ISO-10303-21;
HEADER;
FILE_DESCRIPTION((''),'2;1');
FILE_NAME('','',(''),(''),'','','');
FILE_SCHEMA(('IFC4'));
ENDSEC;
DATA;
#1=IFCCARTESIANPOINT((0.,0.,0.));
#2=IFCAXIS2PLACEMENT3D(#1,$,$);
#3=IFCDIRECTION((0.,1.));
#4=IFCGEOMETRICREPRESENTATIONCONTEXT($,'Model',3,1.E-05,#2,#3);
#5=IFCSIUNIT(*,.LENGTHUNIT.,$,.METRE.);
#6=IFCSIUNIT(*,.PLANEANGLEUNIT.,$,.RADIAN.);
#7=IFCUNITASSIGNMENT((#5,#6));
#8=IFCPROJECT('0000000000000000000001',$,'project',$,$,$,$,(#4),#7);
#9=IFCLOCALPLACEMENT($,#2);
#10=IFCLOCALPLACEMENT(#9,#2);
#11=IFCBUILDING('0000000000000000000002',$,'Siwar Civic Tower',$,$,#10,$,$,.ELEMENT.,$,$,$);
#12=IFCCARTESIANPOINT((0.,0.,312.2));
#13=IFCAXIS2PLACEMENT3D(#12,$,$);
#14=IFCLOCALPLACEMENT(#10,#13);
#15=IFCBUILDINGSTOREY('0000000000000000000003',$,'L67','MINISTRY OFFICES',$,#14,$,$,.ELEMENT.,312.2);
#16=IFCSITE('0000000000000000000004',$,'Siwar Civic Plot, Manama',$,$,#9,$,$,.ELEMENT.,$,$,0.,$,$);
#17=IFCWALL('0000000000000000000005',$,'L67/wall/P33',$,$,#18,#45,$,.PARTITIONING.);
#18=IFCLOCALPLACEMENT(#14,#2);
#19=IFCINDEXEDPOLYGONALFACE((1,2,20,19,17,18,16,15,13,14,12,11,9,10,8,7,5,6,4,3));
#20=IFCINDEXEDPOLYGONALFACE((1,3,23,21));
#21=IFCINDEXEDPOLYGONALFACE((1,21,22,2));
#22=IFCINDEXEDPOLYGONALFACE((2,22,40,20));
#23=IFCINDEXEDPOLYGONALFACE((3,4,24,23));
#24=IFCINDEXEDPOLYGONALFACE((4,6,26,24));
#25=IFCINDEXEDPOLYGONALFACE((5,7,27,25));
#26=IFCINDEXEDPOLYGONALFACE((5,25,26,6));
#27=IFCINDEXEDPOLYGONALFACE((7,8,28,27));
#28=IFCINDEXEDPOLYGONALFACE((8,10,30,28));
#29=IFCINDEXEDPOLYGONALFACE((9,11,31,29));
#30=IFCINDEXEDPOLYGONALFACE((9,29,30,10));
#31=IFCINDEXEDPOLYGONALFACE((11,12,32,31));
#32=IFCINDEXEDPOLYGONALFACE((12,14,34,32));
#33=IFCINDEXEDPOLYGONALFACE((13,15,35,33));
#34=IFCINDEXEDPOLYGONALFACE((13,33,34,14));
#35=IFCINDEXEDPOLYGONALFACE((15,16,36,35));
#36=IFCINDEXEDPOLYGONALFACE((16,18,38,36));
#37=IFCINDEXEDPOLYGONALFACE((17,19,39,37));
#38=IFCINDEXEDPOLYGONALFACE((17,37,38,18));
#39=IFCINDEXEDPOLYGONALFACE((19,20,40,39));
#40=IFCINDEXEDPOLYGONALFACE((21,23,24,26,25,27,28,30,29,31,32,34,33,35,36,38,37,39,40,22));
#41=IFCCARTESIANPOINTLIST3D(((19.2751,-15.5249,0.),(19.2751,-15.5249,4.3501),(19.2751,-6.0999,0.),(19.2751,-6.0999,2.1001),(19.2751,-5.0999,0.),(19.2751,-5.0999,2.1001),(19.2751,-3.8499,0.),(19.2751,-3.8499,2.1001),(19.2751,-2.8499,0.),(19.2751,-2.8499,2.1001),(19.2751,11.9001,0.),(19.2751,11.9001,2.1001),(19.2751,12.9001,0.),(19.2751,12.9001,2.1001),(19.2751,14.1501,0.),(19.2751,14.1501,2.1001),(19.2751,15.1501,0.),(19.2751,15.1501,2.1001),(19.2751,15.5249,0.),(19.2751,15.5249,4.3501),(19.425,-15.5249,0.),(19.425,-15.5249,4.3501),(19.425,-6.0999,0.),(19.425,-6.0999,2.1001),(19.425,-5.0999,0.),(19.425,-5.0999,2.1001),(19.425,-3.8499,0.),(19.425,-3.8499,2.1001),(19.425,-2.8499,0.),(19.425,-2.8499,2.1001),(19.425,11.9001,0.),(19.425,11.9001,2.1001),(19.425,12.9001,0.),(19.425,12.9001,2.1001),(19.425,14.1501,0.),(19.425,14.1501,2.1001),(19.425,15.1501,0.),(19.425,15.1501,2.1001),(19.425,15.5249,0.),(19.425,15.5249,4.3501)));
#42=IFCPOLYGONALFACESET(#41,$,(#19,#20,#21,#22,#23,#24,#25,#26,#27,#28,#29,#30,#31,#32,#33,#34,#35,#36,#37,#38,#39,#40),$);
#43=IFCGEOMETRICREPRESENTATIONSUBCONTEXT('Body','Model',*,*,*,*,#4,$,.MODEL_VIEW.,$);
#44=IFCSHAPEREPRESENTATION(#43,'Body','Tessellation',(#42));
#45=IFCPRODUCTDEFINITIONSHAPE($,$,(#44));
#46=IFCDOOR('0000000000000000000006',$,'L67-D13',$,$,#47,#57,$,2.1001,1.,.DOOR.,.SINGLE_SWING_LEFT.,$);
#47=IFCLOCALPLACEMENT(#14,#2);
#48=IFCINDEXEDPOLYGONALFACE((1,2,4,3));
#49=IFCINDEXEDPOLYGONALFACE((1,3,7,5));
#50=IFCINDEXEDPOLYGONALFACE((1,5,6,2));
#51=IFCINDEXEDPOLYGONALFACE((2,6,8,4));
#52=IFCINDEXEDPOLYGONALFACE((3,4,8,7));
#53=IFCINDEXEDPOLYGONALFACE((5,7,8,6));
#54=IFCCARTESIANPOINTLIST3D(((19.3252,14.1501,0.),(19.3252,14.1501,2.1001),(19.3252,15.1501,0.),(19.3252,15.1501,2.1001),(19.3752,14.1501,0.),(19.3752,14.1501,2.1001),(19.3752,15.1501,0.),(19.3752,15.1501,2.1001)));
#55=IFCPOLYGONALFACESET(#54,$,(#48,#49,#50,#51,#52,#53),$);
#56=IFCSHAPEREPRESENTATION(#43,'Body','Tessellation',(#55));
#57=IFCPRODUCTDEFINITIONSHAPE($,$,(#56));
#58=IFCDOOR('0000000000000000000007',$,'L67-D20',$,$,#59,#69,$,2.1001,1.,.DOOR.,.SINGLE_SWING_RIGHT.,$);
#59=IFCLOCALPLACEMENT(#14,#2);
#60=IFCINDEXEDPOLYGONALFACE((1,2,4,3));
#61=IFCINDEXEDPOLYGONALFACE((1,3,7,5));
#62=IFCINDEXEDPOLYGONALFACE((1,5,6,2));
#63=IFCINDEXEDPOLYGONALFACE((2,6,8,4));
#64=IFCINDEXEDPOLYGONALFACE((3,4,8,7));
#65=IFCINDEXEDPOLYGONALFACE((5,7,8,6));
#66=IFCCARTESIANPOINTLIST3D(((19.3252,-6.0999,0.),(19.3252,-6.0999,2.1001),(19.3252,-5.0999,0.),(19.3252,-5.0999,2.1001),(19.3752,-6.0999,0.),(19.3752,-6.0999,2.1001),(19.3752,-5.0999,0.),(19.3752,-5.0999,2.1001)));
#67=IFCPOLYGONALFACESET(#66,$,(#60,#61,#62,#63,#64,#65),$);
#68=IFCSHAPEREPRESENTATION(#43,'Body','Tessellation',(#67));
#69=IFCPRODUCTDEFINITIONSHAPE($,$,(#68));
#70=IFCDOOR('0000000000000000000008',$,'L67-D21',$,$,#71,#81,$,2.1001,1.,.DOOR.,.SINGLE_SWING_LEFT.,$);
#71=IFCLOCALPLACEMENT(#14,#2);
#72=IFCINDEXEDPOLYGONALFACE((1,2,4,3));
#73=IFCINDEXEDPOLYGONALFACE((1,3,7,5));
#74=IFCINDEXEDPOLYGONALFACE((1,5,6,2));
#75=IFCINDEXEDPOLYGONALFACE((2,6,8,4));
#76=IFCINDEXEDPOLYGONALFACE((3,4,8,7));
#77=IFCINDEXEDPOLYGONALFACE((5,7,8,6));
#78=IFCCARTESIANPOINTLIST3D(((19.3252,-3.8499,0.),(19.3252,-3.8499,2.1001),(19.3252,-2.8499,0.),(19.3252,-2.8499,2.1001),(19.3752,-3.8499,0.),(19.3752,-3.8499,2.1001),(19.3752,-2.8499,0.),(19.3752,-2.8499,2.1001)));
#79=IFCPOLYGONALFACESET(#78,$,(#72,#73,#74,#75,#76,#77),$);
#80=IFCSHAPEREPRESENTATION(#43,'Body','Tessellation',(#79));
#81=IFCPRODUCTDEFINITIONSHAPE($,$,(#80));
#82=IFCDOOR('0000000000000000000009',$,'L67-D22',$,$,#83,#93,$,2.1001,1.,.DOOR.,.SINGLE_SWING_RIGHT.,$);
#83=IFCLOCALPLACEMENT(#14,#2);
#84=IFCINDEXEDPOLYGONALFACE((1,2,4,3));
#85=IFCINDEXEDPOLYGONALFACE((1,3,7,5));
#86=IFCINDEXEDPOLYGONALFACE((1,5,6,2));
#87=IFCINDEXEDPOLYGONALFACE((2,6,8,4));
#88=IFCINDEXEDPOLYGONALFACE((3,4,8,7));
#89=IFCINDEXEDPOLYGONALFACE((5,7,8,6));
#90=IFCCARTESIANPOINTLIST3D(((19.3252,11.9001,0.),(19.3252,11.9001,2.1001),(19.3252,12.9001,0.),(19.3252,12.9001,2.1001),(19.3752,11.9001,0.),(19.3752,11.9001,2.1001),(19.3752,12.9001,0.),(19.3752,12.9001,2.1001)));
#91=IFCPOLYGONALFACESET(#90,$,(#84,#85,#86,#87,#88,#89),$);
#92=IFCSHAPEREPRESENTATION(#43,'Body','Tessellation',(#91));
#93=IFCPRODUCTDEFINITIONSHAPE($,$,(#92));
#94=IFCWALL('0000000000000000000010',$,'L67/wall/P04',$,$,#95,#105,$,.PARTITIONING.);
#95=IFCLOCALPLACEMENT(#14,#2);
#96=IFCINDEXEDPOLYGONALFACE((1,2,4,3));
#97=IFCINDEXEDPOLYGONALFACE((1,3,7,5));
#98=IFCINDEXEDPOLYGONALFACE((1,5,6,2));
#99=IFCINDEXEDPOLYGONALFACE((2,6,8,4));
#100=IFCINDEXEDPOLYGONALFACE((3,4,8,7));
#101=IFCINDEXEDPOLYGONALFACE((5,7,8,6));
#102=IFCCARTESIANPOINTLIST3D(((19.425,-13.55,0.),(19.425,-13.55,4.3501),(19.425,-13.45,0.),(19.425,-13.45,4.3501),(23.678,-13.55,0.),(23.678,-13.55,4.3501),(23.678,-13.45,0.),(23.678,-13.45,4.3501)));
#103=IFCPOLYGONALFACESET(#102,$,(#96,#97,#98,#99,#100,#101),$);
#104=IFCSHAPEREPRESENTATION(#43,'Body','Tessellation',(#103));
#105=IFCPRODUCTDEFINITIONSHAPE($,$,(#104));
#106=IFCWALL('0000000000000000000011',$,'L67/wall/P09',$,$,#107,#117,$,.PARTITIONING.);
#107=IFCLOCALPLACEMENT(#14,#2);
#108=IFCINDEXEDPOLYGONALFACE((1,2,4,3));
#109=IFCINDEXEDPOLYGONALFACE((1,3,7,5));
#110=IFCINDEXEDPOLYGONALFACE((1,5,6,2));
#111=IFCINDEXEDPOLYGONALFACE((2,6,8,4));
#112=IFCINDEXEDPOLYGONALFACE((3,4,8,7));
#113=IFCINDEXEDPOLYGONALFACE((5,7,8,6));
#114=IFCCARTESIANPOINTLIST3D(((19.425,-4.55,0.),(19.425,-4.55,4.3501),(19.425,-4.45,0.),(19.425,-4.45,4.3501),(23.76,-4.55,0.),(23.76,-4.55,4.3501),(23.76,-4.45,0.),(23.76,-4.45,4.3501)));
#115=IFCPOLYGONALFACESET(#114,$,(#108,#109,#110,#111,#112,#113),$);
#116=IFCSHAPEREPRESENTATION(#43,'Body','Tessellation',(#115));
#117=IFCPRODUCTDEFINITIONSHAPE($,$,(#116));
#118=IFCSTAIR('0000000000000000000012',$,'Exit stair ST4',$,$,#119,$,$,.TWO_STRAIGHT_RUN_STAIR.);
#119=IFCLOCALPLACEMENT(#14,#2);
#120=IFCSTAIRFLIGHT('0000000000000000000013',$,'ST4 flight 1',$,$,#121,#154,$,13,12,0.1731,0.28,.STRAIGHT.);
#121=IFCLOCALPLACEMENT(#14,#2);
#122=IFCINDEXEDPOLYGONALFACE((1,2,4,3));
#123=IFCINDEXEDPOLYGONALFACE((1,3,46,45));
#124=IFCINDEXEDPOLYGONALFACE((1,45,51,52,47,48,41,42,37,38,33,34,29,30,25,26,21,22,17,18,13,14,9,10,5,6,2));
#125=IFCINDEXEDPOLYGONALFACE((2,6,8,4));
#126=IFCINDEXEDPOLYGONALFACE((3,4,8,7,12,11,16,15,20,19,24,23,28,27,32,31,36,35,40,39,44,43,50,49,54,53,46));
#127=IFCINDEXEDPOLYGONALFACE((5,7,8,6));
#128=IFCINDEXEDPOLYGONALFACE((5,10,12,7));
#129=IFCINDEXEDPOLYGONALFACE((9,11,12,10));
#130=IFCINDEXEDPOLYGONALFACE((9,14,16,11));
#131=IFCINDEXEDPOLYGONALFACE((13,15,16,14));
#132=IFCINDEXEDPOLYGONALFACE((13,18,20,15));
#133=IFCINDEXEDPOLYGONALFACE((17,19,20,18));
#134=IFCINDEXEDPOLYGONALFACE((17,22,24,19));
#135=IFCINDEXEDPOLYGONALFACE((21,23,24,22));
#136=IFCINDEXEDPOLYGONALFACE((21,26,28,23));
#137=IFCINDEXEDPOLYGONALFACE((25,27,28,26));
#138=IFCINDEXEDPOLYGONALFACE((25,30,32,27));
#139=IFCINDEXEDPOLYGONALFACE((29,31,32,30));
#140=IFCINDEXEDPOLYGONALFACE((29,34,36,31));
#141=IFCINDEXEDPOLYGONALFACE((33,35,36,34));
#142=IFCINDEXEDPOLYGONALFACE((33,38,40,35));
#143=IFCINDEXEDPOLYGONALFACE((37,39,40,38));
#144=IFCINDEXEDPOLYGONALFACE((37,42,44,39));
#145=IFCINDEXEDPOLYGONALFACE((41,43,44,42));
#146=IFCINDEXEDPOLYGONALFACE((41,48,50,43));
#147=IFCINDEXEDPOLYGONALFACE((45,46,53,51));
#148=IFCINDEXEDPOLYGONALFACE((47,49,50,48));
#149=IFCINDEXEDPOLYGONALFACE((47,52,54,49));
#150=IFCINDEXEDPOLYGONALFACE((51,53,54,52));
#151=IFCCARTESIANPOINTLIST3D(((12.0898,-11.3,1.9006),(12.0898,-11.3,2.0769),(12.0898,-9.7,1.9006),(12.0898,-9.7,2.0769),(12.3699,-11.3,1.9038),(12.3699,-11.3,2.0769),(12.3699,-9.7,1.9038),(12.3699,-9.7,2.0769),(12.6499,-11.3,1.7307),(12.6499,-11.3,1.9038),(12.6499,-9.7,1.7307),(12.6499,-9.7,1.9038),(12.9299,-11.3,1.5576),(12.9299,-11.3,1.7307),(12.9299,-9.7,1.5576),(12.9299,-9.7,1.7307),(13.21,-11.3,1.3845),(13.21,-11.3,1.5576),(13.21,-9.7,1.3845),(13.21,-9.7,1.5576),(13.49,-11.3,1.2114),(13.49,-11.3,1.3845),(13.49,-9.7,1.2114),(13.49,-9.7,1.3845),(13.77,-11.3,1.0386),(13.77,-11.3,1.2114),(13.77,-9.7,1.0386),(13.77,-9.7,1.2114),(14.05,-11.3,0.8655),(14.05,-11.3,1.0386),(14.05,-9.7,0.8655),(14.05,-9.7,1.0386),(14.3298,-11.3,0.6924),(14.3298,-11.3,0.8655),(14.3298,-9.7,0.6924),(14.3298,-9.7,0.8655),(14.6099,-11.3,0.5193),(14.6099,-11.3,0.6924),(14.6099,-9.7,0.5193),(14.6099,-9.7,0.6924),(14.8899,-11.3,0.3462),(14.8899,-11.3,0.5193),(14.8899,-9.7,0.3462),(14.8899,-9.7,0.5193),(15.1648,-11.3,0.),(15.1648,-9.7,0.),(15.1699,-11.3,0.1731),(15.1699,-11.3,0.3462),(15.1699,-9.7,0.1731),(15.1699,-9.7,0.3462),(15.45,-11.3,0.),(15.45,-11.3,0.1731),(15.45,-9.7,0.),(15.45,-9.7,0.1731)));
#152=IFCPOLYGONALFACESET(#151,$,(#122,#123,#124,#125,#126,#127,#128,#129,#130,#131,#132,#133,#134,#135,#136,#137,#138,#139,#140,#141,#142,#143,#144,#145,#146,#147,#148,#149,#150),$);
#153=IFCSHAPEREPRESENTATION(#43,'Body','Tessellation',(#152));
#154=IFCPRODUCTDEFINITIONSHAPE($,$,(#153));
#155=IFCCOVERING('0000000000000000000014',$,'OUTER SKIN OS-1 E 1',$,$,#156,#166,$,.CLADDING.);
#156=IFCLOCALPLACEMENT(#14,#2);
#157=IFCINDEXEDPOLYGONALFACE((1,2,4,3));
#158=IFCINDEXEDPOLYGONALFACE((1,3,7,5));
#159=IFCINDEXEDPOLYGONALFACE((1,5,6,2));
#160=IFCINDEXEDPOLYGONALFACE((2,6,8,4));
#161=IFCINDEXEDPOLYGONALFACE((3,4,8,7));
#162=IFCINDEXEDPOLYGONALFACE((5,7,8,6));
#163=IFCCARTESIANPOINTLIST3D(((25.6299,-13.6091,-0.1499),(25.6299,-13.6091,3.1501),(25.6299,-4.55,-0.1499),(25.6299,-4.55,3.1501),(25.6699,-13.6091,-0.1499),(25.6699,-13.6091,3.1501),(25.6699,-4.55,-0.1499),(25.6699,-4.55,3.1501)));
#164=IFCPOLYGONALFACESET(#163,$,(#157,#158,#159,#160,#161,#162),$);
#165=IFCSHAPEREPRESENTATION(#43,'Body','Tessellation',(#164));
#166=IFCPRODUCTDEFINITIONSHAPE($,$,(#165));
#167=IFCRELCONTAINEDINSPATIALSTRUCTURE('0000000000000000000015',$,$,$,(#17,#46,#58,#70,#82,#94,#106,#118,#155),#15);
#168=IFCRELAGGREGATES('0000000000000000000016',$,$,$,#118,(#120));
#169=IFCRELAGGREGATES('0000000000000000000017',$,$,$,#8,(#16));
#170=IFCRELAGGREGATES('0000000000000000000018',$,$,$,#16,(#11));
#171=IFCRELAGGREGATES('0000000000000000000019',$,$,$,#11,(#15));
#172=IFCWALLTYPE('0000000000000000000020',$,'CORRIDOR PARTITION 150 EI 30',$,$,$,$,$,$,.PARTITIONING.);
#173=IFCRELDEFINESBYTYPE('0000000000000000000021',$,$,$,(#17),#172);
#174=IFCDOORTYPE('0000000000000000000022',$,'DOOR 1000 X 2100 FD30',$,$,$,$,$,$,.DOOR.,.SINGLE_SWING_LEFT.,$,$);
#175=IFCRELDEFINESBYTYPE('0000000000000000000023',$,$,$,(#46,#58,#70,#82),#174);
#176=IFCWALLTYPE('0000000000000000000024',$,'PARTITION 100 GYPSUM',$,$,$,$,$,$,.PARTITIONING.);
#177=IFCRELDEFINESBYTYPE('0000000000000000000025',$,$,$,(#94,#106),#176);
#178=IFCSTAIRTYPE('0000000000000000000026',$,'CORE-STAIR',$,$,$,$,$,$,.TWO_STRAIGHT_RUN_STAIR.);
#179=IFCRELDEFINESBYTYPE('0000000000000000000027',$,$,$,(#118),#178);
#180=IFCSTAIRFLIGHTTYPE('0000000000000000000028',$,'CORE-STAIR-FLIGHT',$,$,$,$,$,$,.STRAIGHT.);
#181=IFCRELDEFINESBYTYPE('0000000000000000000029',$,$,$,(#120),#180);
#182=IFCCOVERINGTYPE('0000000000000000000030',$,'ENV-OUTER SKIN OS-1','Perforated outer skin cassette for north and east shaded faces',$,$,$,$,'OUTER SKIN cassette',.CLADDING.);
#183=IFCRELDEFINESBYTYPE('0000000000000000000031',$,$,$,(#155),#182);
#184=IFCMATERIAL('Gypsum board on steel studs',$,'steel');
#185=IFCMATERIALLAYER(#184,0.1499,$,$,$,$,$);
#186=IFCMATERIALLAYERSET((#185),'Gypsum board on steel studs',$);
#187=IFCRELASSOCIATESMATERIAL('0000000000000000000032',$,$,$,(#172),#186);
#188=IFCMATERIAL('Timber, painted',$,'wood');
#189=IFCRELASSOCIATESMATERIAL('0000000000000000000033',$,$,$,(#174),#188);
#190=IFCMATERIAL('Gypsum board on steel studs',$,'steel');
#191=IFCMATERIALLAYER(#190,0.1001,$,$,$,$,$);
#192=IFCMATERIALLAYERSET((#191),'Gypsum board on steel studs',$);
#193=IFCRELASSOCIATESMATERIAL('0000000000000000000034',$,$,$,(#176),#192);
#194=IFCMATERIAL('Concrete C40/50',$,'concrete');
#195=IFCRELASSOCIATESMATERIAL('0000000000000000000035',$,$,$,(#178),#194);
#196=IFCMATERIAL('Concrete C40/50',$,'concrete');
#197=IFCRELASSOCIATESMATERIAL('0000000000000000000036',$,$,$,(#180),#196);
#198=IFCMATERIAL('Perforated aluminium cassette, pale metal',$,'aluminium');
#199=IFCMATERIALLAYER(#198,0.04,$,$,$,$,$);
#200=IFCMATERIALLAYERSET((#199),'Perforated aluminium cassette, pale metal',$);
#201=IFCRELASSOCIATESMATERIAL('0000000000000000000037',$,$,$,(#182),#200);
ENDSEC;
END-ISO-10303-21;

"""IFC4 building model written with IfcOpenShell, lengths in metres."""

from ifc_helpers import new_model, si_unit, direction, frame, frame_2d, origin, origin_2d, place, context, subcontext, project, spatial, polyline, rectangle, outline, extrude, material, layer, layer_set, type_object, element, fill, aggregate, save


model = new_model("IFC4")

# Units and contexts
model_context = context("Model", 3, precision=1e-05, world=origin(), true_north=direction((0.0, 1.0)))
body_context = subcontext(model_context, "Body", "Model", "MODEL_VIEW")
ifc_project = project(units=[si_unit("LENGTHUNIT", "METRE"), si_unit("PLANEANGLEUNIT", "RADIAN")], contexts=[model_context])

# Site, building, storey
site_placement = place(None, origin())
site = spatial("IfcSite", under=ifc_project, at=site_placement, Name="Siwar Civic Plot, Manama", CompositionType="ELEMENT", RefElevation=0.0)
building_placement = place(site_placement, origin())
building = spatial("IfcBuilding", under=site, at=building_placement, Name="Siwar Civic Tower", CompositionType="ELEMENT")
storey_placement = place(building_placement, frame((0.0, 0.0, 312.2)))
storey = spatial("IfcBuildingStorey", under=building, at=storey_placement, Name="L67", Description="MINISTRY OFFICES", CompositionType="ELEMENT", Elevation=312.2)

# Wall, openings, doors
ifc_material_1 = material(Name="Gypsum board on steel studs", Category="steel")
ifc_layer_1 = layer(ifc_material_1, 0.1499)
ifc_layer_set_1 = layer_set([ifc_layer_1], Name="Gypsum board on steel studs")
wall_type_1 = type_object("IfcWallType", Name="CORRIDOR PARTITION 150 EI 30", PredefinedType="PARTITIONING", material=ifc_layer_set_1)
wall_1_placement = place(storey_placement, frame((19.3501, -15.5249, 0.0), z_axis=(0.0, 0.0, 1.0), x_axis=(0.0, 1.0, 0.0)))
wall_1 = element("IfcWall", 1, at=wall_1_placement, inside=storey, type_object=wall_type_1, Name="L67/wall/P33", PredefinedType="PARTITIONING", context=body_context, shape_type="SweptSolid", body=[
    extrude(rectangle(XDim=31.0498, YDim=0.1499, at=frame_2d((15.5249, 0.0))), origin(), (0.0, 0.0, 1.0), 4.3501),
])
opening_1_placement = place(wall_1_placement, frame((29.675, 0.0, 0.0)))
opening_1 = element("IfcOpeningElement", 2, at=opening_1_placement, cuts=wall_1, PredefinedType="OPENING", context=body_context, shape_type="SweptSolid", body=[
    extrude(rectangle(XDim=1.0, YDim=2.1001, at=frame_2d((0.5, 1.05))), frame((0.0, 0.085, 0.0), z_axis=(0.0, -1.0, 0.0), x_axis=(1.0, 0.0, 0.0)), (0.0, 0.0, 1.0), 0.1699),
])
opening_2_placement = place(wall_1_placement, frame((9.425, 0.0, 0.0)))
opening_2 = element("IfcOpeningElement", 3, at=opening_2_placement, cuts=wall_1, PredefinedType="OPENING", context=body_context, shape_type="SweptSolid", body=[
    extrude(rectangle(XDim=1.0, YDim=2.1001, at=frame_2d((0.5, 1.05))), frame((0.0, 0.085, 0.0), z_axis=(0.0, -1.0, 0.0), x_axis=(1.0, 0.0, 0.0)), (0.0, 0.0, 1.0), 0.1699),
])
opening_3_placement = place(wall_1_placement, frame((11.675, 0.0, 0.0)))
opening_3 = element("IfcOpeningElement", 4, at=opening_3_placement, cuts=wall_1, PredefinedType="OPENING", context=body_context, shape_type="SweptSolid", body=[
    extrude(rectangle(XDim=1.0, YDim=2.1001, at=frame_2d((0.5, 1.05))), frame((0.0, 0.085, 0.0), z_axis=(0.0, -1.0, 0.0), x_axis=(1.0, 0.0, 0.0)), (0.0, 0.0, 1.0), 0.1699),
])
opening_4_placement = place(wall_1_placement, frame((27.425, 0.0, 0.0)))
opening_4 = element("IfcOpeningElement", 5, at=opening_4_placement, cuts=wall_1, PredefinedType="OPENING", context=body_context, shape_type="SweptSolid", body=[
    extrude(rectangle(XDim=1.0, YDim=2.1001, at=frame_2d((0.5, 1.05))), frame((0.0, 0.085, 0.0), z_axis=(0.0, -1.0, 0.0), x_axis=(1.0, 0.0, 0.0)), (0.0, 0.0, 1.0), 0.1699),
])
ifc_material_2 = material(Name="Timber, painted", Category="wood")
door_type_1 = type_object("IfcDoorType", Name="DOOR 1000 X 2100 FD30", OperationType="SINGLE_SWING_LEFT", PredefinedType="DOOR", material=ifc_material_2)
door_1_placement = place(opening_1_placement, origin())
door_1 = element("IfcDoor", 6, at=door_1_placement, inside=storey, type_object=door_type_1, Name="L67-D13", OperationType="SINGLE_SWING_LEFT", OverallHeight=2.1001, OverallWidth=1.0, PredefinedType="DOOR", context=body_context, shape_type="SweptSolid", body=[
    extrude(rectangle(XDim=1.0, YDim=2.1001, at=frame_2d((0.5, 1.05))), frame((0.0, 0.0249, 0.0), z_axis=(0.0, -1.0, 0.0), x_axis=(1.0, 0.0, 0.0)), (0.0, 0.0, 1.0), 0.05),
])
fill(opening_1, door_1)
door_2_placement = place(opening_2_placement, origin())
door_2 = element("IfcDoor", 7, at=door_2_placement, inside=storey, type_object=door_type_1, Name="L67-D20", OperationType="SINGLE_SWING_RIGHT", OverallHeight=2.1001, OverallWidth=1.0, PredefinedType="DOOR", context=body_context, shape_type="SweptSolid", body=[
    extrude(rectangle(XDim=1.0, YDim=2.1001, at=frame_2d((0.5, 1.05))), frame((0.0, 0.0249, 0.0), z_axis=(0.0, -1.0, 0.0), x_axis=(1.0, 0.0, 0.0)), (0.0, 0.0, 1.0), 0.05),
])
fill(opening_2, door_2)
door_3_placement = place(opening_3_placement, origin())
door_3 = element("IfcDoor", 8, at=door_3_placement, inside=storey, type_object=door_type_1, Name="L67-D21", OperationType="SINGLE_SWING_LEFT", OverallHeight=2.1001, OverallWidth=1.0, PredefinedType="DOOR", context=body_context, shape_type="SweptSolid", body=[
    extrude(rectangle(XDim=1.0, YDim=2.1001, at=frame_2d((0.5, 1.05))), frame((0.0, 0.0249, 0.0), z_axis=(0.0, -1.0, 0.0), x_axis=(1.0, 0.0, 0.0)), (0.0, 0.0, 1.0), 0.05),
])
fill(opening_3, door_3)
door_4_placement = place(opening_4_placement, origin())
door_4 = element("IfcDoor", 9, at=door_4_placement, inside=storey, type_object=door_type_1, Name="L67-D22", OperationType="SINGLE_SWING_RIGHT", OverallHeight=2.1001, OverallWidth=1.0, PredefinedType="DOOR", context=body_context, shape_type="SweptSolid", body=[
    extrude(rectangle(XDim=1.0, YDim=2.1001, at=frame_2d((0.5, 1.05))), frame((0.0, 0.0249, 0.0), z_axis=(0.0, -1.0, 0.0), x_axis=(1.0, 0.0, 0.0)), (0.0, 0.0, 1.0), 0.05),
])
fill(opening_4, door_4)

# Walls
ifc_material_3 = material(Name="Gypsum board on steel studs", Category="steel")
ifc_layer_2 = layer(ifc_material_3, 0.1001)
ifc_layer_set_2 = layer_set([ifc_layer_2], Name="Gypsum board on steel studs")
wall_type_2 = type_object("IfcWallType", Name="PARTITION 100 GYPSUM", PredefinedType="PARTITIONING", material=ifc_layer_set_2)
wall_2_placement = place(storey_placement, frame((19.425, -13.5, 0.0), z_axis=(0.0, 0.0, 1.0), x_axis=(1.0, 0.0, 0.0)))
element("IfcWall", 10, at=wall_2_placement, inside=storey, type_object=wall_type_2, Name="L67/wall/P04", PredefinedType="PARTITIONING", context=body_context, shape_type="SweptSolid", body=[
    extrude(rectangle(XDim=4.2529, YDim=0.1001, at=frame_2d((2.1265, 0.0))), origin(), (0.0, 0.0, 1.0), 4.3501),
])
wall_3_placement = place(storey_placement, frame((19.425, -4.5, 0.0), z_axis=(0.0, 0.0, 1.0), x_axis=(1.0, 0.0, 0.0)))
element("IfcWall", 11, at=wall_3_placement, inside=storey, type_object=wall_type_2, Name="L67/wall/P09", PredefinedType="PARTITIONING", context=body_context, shape_type="SweptSolid", body=[
    extrude(rectangle(XDim=4.335, YDim=0.1001, at=frame_2d((2.1675, 0.0))), origin(), (0.0, 0.0, 1.0), 4.3501),
])

# Stair, stair flight
ifc_material_4 = material(Name="Concrete C40/50", Category="concrete")
stair_type = type_object("IfcStairType", Name="CORE-STAIR", PredefinedType="TWO_STRAIGHT_RUN_STAIR", material=ifc_material_4)
stair_placement = place(storey_placement, origin())
stair = element("IfcStair", 12, at=stair_placement, inside=storey, type_object=stair_type, Name="Exit stair ST4", PredefinedType="TWO_STRAIGHT_RUN_STAIR")
ifc_material_5 = material(Name="Concrete C40/50", Category="concrete")
stair_flight_type = type_object("IfcStairFlightType", Name="CORE-STAIR-FLIGHT", PredefinedType="STRAIGHT", material=ifc_material_5)
stair_flight_placement = place(storey_placement, frame((15.45, -10.5, 0.0), z_axis=(0.0, 0.0, 1.0), x_axis=(-1.0, 0.0, 0.0)))
stair_flight = element("IfcStairFlight", 13, at=stair_flight_placement, type_object=stair_flight_type, Name="ST4 flight 1", NumberOfRisers=13, NumberOfTreads=12, PredefinedType="STRAIGHT", RiserHeight=0.1731, TreadLength=0.28, context=body_context, shape_type="SweptSolid", body=[
    extrude(outline(polyline([(0.0, 0.0), (0.0, 0.1731), (0.28, 0.1731), (0.28, 0.3462), (0.5601, 0.3462), (0.5601, 0.5193), (0.8401, 0.5193), (0.8401, 0.6924), (1.1201, 0.6924), (1.1201, 0.8655), (1.3999, 0.8655), (1.3999, 1.0386), (1.6799, 1.0386), (1.6799, 1.2114), (1.96, 1.2114), (1.96, 1.3845), (2.24, 1.3845), (2.24, 1.5576), (2.52, 1.5576), (2.52, 1.7307), (2.8, 1.7307), (2.8, 1.9038), (3.0801, 1.9038), (3.0801, 2.0769), (3.3601, 2.0769), (3.3601, 2.25), (3.3601, 1.9006), (0.2852, 0.0), (0.0, 0.0)])), frame((0.0, 0.8, 0.0), z_axis=(0.0, -1.0, 0.0), x_axis=(1.0, 0.0, 0.0)), (0.0, 0.0, 1.0), 1.6001),
])
aggregate(stair, [stair_flight])

# Covering
ifc_material_6 = material(Name="Perforated aluminium cassette, pale metal", Category="aluminium")
ifc_layer_3 = layer(ifc_material_6, 0.04)
ifc_layer_set_3 = layer_set([ifc_layer_3], Name="Perforated aluminium cassette, pale metal")
covering_type = type_object("IfcCoveringType", Name="ENV-OUTER SKIN OS-1", Description="Perforated outer skin cassette for north and east shaded faces", ElementType="OUTER SKIN cassette", PredefinedType="CLADDING", material=ifc_layer_set_3)
covering_placement = place(storey_placement, frame((25.6499, -9.0796, -0.1499), z_axis=(0.0, 0.0, 1.0), x_axis=(0.0, 1.0, 0.0)))
element("IfcCovering", 14, at=covering_placement, inside=storey, type_object=covering_type, Name="OUTER SKIN OS-1 E 1", PredefinedType="CLADDING", context=body_context, shape_type="SweptSolid", body=[
    extrude(rectangle(XDim=9.0591, YDim=0.04, at=origin_2d()), origin(), (0.0, 0.0, 1.0), 3.3),
])

save(model, "model.ifc")
